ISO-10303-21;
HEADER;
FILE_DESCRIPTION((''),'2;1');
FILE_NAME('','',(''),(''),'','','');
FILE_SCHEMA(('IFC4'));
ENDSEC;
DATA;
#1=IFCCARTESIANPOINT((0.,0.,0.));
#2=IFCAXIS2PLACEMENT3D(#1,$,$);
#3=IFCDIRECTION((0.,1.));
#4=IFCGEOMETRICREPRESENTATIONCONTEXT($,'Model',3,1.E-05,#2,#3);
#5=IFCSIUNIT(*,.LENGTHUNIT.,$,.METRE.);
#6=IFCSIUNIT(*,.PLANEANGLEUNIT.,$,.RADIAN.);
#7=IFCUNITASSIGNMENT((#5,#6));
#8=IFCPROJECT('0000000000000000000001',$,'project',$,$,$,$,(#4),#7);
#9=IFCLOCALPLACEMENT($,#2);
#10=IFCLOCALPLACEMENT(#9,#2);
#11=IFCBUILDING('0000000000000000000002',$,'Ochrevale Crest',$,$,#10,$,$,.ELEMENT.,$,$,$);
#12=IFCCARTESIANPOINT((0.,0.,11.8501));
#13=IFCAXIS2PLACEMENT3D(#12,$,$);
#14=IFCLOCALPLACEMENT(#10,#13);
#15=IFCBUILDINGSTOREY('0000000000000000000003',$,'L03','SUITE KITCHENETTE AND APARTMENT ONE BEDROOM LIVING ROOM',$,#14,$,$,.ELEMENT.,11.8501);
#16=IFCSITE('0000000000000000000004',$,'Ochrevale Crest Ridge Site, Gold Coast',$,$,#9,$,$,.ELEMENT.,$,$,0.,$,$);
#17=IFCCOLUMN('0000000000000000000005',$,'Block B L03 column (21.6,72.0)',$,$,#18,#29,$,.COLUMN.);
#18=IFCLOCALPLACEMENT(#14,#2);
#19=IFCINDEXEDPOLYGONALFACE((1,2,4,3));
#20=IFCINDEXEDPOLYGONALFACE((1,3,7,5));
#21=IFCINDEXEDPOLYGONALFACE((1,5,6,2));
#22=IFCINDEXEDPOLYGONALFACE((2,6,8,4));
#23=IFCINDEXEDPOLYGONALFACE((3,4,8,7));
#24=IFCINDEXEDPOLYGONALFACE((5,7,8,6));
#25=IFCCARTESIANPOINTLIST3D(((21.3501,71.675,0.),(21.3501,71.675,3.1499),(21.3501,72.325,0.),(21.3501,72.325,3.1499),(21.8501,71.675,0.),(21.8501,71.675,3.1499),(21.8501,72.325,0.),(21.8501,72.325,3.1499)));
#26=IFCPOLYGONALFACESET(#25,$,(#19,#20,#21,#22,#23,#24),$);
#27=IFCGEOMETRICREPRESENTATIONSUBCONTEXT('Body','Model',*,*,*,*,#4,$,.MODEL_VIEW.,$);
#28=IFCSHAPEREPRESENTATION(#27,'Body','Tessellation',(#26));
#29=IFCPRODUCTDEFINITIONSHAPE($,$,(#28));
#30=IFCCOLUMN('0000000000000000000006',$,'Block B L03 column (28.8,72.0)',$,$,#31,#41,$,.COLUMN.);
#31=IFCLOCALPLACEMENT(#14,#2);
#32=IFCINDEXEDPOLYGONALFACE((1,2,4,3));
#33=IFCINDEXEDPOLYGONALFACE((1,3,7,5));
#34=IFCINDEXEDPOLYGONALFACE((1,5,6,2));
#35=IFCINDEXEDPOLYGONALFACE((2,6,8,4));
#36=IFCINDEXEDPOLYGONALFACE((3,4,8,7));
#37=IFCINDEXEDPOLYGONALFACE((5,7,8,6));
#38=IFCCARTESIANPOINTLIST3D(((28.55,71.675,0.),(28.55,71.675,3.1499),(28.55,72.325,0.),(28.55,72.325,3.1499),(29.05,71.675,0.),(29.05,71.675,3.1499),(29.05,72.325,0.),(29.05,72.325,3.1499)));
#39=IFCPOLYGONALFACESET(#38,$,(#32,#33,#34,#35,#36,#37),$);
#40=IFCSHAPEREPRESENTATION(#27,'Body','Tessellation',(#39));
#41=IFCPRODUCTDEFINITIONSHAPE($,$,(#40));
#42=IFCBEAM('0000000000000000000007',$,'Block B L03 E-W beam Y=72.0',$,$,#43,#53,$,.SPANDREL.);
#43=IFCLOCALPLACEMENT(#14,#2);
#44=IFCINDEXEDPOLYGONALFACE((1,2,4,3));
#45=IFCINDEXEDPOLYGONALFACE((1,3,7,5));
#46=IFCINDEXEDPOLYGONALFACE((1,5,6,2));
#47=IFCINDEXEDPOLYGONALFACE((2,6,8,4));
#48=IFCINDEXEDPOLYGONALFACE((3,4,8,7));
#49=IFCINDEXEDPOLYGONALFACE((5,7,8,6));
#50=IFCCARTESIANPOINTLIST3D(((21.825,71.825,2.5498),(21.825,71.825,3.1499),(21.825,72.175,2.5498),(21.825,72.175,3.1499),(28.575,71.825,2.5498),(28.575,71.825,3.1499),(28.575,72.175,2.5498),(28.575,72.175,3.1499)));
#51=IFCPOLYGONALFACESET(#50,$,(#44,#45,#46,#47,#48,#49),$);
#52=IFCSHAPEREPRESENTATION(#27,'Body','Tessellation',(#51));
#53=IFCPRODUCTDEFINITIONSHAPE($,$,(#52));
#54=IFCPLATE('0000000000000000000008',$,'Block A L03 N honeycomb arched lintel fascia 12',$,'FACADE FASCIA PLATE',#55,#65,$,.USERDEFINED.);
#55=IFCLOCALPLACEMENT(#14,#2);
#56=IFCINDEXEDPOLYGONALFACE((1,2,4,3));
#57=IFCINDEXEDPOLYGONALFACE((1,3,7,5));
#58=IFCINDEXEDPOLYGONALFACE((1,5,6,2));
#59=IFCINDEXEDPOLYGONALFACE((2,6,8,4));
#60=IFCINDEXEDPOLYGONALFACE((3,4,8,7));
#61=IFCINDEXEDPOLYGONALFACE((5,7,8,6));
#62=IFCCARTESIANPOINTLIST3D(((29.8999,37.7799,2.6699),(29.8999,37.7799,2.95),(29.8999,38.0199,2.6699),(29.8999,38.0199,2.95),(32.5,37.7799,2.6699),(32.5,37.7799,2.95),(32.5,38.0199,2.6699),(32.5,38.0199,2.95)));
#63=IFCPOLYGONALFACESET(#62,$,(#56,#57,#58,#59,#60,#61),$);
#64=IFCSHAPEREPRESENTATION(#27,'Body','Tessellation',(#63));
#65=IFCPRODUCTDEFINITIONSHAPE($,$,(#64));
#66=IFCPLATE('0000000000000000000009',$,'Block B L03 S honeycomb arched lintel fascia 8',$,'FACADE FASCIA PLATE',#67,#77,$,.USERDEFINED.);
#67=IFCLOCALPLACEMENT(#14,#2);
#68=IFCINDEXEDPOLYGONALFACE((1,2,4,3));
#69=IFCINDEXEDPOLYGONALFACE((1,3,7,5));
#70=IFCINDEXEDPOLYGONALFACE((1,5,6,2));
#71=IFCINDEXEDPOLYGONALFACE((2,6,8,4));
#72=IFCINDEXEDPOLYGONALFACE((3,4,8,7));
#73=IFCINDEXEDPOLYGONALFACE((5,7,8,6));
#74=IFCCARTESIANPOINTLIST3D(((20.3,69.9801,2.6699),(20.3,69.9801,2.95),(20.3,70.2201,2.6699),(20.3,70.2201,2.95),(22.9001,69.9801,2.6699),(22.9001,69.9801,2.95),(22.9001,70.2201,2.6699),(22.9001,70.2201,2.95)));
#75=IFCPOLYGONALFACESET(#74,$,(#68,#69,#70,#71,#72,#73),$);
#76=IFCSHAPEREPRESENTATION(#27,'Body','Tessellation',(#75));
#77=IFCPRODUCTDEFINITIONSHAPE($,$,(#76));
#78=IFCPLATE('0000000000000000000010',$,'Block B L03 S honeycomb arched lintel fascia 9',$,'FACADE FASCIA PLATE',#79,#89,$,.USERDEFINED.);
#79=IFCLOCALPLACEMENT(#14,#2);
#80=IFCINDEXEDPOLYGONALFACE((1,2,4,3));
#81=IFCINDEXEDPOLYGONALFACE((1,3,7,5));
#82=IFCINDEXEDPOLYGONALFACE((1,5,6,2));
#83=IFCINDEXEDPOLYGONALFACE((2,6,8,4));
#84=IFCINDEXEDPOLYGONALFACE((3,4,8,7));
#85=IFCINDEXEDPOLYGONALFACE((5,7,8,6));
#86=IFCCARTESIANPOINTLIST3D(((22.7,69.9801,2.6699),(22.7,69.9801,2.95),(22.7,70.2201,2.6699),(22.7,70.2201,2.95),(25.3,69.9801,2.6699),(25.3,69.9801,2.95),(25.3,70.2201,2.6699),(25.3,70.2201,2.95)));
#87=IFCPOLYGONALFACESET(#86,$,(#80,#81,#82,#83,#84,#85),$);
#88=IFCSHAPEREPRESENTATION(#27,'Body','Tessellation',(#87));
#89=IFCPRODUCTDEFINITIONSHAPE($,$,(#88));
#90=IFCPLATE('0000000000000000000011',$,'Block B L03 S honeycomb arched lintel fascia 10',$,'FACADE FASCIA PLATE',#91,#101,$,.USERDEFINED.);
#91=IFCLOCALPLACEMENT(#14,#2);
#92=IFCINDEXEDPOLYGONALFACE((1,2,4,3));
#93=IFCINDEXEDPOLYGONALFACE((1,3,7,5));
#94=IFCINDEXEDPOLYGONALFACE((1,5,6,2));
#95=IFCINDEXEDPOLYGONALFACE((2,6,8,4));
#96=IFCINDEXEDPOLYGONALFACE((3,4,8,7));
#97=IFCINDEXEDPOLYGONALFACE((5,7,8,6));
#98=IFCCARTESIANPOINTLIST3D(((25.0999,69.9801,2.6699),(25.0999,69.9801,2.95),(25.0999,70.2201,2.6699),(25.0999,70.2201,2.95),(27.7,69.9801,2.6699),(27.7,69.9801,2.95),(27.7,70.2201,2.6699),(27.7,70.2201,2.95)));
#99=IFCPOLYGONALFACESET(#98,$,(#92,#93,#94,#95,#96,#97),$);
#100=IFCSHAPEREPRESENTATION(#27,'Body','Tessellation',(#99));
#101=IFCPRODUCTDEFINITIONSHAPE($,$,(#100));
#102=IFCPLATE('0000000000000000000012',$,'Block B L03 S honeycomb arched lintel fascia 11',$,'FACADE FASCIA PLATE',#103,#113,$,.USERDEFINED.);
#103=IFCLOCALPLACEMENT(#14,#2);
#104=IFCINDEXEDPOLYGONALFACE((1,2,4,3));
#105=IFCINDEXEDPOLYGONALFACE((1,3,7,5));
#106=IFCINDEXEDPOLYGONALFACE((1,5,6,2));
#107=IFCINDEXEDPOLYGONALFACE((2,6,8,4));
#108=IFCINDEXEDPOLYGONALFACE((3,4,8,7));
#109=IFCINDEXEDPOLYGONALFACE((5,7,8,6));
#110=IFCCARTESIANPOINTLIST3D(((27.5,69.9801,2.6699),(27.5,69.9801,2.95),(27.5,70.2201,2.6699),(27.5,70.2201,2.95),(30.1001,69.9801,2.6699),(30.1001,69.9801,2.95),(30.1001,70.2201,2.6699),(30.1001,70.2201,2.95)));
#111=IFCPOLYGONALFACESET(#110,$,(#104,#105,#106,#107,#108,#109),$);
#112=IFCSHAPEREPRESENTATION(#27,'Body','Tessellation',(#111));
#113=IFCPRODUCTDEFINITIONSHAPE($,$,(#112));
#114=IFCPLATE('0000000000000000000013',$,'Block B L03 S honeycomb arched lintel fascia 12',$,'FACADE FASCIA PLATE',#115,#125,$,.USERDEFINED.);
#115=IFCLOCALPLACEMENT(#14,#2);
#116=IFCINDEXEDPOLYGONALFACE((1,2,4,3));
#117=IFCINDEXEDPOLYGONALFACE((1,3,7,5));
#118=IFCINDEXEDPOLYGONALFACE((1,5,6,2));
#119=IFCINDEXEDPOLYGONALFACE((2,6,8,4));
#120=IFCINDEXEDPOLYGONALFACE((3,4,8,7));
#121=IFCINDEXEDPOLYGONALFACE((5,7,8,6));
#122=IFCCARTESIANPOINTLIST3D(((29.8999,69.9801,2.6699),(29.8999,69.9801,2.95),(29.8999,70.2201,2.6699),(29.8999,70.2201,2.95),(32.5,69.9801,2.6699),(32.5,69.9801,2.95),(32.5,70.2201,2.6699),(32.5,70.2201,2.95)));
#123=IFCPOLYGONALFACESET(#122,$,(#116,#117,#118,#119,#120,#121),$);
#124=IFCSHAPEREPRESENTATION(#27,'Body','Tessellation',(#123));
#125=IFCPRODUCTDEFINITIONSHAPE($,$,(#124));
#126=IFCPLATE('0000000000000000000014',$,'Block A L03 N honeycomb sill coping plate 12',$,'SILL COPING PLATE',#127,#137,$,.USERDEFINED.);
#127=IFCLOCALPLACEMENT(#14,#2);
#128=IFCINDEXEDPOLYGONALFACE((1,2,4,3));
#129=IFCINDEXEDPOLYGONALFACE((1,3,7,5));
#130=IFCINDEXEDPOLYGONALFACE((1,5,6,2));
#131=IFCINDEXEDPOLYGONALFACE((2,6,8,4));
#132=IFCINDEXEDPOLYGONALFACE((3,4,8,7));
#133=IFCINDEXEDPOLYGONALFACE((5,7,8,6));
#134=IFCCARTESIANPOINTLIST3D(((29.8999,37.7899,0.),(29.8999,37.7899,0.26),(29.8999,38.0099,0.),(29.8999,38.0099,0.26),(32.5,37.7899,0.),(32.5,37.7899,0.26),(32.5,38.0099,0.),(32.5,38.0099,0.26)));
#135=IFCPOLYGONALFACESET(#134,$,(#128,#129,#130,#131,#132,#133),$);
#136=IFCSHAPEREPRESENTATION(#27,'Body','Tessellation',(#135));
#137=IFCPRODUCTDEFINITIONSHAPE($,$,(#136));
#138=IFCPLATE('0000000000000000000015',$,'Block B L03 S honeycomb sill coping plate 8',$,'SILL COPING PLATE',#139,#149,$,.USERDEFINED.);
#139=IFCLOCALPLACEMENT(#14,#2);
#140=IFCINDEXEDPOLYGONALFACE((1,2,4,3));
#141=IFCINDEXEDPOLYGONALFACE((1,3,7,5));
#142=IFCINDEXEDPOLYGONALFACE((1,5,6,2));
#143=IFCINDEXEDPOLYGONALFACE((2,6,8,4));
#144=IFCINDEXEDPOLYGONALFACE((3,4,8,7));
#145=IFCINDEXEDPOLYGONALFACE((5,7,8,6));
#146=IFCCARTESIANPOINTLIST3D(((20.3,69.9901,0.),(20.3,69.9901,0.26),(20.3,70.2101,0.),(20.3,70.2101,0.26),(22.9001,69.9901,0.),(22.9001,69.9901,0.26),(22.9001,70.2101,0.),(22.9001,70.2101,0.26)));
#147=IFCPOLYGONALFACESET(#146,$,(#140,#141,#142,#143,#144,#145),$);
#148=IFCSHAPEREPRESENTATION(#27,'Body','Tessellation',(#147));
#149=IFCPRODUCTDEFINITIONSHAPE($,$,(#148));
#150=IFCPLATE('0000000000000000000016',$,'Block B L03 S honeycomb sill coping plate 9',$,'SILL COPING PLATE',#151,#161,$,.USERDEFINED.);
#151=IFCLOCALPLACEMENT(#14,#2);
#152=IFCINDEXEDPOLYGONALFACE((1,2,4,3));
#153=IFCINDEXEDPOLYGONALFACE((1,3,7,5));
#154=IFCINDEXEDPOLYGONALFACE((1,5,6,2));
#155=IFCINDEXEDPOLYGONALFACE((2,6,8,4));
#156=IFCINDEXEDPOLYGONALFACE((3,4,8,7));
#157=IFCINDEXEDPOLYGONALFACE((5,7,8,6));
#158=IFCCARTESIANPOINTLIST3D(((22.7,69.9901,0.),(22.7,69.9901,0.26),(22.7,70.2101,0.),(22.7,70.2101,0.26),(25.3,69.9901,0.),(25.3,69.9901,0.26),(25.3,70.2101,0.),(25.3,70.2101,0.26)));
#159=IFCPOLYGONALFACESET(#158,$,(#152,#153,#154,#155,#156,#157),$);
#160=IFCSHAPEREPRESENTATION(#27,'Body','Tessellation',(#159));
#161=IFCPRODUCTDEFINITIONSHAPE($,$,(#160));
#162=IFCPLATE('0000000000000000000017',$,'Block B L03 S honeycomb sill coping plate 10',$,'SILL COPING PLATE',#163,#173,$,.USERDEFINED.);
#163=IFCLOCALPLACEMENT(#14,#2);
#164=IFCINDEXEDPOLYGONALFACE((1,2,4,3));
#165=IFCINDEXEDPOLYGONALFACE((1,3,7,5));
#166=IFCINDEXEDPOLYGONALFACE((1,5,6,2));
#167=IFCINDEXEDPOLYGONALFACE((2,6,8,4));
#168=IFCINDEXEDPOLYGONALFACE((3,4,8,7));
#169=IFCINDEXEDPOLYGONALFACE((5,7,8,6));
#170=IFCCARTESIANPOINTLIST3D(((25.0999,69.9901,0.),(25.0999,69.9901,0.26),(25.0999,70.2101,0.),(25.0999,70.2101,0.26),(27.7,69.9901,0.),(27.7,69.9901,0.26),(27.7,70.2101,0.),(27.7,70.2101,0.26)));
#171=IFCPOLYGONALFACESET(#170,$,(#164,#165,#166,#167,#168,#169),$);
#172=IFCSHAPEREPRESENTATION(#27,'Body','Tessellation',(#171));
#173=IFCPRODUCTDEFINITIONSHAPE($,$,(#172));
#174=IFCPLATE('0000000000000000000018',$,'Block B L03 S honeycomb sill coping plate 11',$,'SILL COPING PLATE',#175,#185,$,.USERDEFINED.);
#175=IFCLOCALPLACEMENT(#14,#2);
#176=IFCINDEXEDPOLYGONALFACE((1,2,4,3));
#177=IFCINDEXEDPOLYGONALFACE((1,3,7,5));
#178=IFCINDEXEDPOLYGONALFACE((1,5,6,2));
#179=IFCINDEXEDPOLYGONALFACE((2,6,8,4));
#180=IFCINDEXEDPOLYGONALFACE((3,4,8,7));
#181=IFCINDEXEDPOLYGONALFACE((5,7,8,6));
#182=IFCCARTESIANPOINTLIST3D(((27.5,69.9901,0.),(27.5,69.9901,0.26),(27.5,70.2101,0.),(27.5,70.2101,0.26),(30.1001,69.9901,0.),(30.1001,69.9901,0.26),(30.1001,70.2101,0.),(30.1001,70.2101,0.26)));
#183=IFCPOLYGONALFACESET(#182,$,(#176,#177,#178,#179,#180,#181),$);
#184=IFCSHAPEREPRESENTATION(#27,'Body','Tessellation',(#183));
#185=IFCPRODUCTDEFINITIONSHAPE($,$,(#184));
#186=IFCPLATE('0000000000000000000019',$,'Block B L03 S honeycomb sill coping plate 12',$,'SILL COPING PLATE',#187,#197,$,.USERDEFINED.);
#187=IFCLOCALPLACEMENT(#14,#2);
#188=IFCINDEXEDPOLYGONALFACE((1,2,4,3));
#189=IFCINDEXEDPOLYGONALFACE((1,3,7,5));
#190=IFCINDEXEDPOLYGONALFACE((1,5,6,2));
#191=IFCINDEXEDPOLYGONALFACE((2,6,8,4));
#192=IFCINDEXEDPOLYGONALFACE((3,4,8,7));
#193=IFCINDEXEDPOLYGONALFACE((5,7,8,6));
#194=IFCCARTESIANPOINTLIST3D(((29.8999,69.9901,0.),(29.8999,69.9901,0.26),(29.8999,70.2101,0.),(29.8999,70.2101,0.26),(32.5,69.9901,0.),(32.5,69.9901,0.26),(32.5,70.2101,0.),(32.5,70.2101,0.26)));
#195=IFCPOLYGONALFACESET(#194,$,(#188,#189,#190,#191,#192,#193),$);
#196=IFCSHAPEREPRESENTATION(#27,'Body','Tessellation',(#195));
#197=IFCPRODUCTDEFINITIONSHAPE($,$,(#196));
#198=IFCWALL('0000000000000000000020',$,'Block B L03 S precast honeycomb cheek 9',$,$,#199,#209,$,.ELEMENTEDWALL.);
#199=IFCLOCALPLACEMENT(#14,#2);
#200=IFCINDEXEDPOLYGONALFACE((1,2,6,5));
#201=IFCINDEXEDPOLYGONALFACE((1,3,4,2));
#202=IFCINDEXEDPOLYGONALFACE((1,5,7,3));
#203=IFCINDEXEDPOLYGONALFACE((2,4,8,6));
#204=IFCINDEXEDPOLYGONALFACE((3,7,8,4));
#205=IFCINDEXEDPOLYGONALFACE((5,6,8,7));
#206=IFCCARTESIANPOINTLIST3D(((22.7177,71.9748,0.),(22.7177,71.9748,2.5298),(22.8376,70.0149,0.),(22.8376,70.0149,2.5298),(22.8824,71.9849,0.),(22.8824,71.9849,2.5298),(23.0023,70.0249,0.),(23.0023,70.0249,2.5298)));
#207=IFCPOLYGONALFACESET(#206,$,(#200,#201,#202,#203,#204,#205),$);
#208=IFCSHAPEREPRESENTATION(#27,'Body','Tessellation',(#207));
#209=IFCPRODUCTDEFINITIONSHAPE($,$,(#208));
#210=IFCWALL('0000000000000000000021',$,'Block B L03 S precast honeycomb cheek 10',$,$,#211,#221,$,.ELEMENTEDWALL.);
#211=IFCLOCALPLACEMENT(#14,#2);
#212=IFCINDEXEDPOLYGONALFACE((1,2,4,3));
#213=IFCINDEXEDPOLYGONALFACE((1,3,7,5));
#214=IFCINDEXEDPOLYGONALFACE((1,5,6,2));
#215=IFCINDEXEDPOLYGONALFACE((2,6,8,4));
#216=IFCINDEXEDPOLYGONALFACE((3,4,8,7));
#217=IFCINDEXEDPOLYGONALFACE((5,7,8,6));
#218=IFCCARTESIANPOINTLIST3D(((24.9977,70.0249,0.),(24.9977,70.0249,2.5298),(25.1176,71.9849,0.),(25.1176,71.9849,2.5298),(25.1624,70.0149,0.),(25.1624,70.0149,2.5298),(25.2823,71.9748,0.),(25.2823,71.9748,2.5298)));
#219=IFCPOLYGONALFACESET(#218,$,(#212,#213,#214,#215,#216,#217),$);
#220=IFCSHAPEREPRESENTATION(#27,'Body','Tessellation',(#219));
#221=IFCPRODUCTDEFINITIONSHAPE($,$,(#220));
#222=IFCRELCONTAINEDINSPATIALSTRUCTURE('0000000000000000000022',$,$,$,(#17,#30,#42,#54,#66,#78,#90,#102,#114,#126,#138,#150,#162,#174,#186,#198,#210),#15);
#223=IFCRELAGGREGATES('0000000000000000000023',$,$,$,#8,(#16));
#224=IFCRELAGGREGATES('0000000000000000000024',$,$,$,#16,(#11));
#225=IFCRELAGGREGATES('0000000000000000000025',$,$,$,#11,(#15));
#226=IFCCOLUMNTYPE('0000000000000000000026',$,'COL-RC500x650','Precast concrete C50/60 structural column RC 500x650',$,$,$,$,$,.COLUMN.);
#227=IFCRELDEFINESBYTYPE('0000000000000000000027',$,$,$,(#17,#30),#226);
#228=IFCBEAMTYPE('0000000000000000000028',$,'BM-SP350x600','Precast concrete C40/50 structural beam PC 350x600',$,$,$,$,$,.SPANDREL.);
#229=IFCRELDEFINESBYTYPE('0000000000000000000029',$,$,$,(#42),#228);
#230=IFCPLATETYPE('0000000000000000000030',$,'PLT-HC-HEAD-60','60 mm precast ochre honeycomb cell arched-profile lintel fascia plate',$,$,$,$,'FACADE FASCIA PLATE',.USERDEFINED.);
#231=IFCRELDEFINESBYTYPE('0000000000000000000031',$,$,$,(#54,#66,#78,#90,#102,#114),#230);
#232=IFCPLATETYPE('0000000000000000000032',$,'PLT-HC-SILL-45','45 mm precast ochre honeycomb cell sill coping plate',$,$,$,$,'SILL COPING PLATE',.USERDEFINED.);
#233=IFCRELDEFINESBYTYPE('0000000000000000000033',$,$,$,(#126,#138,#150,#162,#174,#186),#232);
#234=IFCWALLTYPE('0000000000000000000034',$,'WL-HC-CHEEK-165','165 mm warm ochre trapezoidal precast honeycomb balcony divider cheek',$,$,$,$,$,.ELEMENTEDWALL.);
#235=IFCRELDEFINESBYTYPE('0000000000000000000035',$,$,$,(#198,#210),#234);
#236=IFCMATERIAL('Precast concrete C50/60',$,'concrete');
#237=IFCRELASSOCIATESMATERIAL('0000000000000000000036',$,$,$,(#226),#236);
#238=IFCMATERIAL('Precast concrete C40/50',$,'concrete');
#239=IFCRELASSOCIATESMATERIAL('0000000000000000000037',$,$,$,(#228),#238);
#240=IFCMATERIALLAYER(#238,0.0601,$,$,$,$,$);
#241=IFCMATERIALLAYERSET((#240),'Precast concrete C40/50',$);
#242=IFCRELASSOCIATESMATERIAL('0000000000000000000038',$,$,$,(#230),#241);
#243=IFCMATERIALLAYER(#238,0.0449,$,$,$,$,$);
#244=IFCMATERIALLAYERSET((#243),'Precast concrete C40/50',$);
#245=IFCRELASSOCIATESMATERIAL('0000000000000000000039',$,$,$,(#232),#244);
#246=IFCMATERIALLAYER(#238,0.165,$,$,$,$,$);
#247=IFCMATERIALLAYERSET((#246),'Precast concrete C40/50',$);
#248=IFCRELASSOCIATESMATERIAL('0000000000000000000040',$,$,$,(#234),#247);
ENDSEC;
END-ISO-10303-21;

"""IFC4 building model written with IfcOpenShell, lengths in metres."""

from ifc_helpers import new_model, si_unit, direction, frame, frame_2d, origin, origin_2d, place, context, subcontext, project, spatial, rectangle, extrude, material, layer, layer_set, material_profile, profile_set, type_object, element, save


model = new_model("IFC4")

# Units and contexts
model_context = context("Model", 3, precision=1e-05, world=origin(), true_north=direction((0.0, 1.0)))
body_context = subcontext(model_context, "Body", "Model", "MODEL_VIEW")
ifc_project = project(units=[si_unit("LENGTHUNIT", "METRE"), si_unit("PLANEANGLEUNIT", "RADIAN")], contexts=[model_context])

# Site, building, storey
site_placement = place(None, origin())
site = spatial("IfcSite", under=ifc_project, at=site_placement, Name="Ochrevale Crest Ridge Site, Gold Coast", CompositionType="ELEMENT", RefElevation=0.0)
building_placement = place(site_placement, origin())
building = spatial("IfcBuilding", under=site, at=building_placement, Name="Ochrevale Crest", CompositionType="ELEMENT")
storey_placement = place(building_placement, frame((0.0, 0.0, 11.8501)))
storey = spatial("IfcBuildingStorey", under=building, at=storey_placement, Name="L03", Description="SUITE KITCHENETTE AND APARTMENT ONE BEDROOM LIVING ROOM", CompositionType="ELEMENT", Elevation=11.8501)

# Columns
ifc_material_1 = material(Name="Precast concrete C50/60", Category="concrete")
ifc_material_profile_1 = material_profile(ifc_material_1, rectangle(XDim=0.5, YDim=0.6499, at=origin_2d()), Name="RC 500x650")
ifc_profile_set_1 = profile_set([ifc_material_profile_1], Name="Precast concrete C50/60")
column_type = type_object("IfcColumnType", Name="COL-RC500x650", Description="Precast concrete C50/60 structural column RC 500x650", PredefinedType="COLUMN", material=ifc_profile_set_1)
for number, where, z_axis, x_axis, name in (
    (1, (21.6001, 72.0, 0.0), (0.0, 0.0, 1.0), (1.0, 0.0, 0.0), "Block B L03 column (21.6,72.0)"),
    (2, (28.8, 72.0, 0.0), (0.0, 0.0, 1.0), (1.0, 0.0, 0.0), "Block B L03 column (28.8,72.0)"),
):
    element("IfcColumn", number, at=place(storey_placement, frame(where, z_axis=z_axis, x_axis=x_axis)), inside=storey, type_object=column_type, Name=name, PredefinedType="COLUMN", context=body_context, shape_type="SweptSolid", body=[
        extrude(rectangle(XDim=0.5, YDim=0.6499, at=origin_2d()), origin(), (0.0, 0.0, 1.0), 3.1499),
    ])

# Beam
ifc_material_2 = material(Name="Precast concrete C40/50", Category="concrete")
ifc_material_profile_2 = material_profile(ifc_material_2, rectangle(XDim=0.3501, YDim=0.6001, at=origin_2d()), Name="PC 350x600")
ifc_profile_set_2 = profile_set([ifc_material_profile_2], Name="Precast concrete C40/50")
beam_type = type_object("IfcBeamType", Name="BM-SP350x600", Description="Precast concrete C40/50 structural beam PC 350x600", PredefinedType="SPANDREL", material=ifc_profile_set_2)
beam_placement = place(storey_placement, frame((21.825, 72.0, 2.8499), z_axis=(1.0, 0.0, 0.0), x_axis=(0.0, 1.0, 0.0)))
element("IfcBeam", 3, at=beam_placement, inside=storey, type_object=beam_type, Name="Block B L03 E-W beam Y=72.0", PredefinedType="SPANDREL", context=body_context, shape_type="SweptSolid", body=[
    extrude(rectangle(XDim=0.3501, YDim=0.6001, at=origin_2d()), origin(), (0.0, 0.0, 1.0), 6.75),
])

# Plates
ifc_layer_1 = layer(ifc_material_2, 0.0601)
ifc_layer_set_1 = layer_set([ifc_layer_1], Name="Precast concrete C40/50")
plate_type_1 = type_object("IfcPlateType", Name="PLT-HC-HEAD-60", Description="60 mm precast ochre honeycomb cell arched-profile lintel fascia plate", ElementType="FACADE FASCIA PLATE", PredefinedType="USERDEFINED", material=ifc_layer_set_1)
for number, where, z_axis, x_axis, name in (
    (4, (31.2, 37.8999, 2.6699), (0.0, 0.0, 1.0), (1.0, 0.0, 0.0), "Block A L03 N honeycomb arched lintel fascia 12"),
    (5, (21.6001, 70.1001, 2.6699), (0.0, 0.0, 1.0), (1.0, 0.0, 0.0), "Block B L03 S honeycomb arched lintel fascia 8"),
    (6, (24.0, 70.1001, 2.6699), (0.0, 0.0, 1.0), (1.0, 0.0, 0.0), "Block B L03 S honeycomb arched lintel fascia 9"),
    (7, (26.3999, 70.1001, 2.6699), (0.0, 0.0, 1.0), (1.0, 0.0, 0.0), "Block B L03 S honeycomb arched lintel fascia 10"),
    (8, (28.8, 70.1001, 2.6699), (0.0, 0.0, 1.0), (1.0, 0.0, 0.0), "Block B L03 S honeycomb arched lintel fascia 11"),
    (9, (31.2, 70.1001, 2.6699), (0.0, 0.0, 1.0), (1.0, 0.0, 0.0), "Block B L03 S honeycomb arched lintel fascia 12"),
):
    element("IfcPlate", number, at=place(storey_placement, frame(where, z_axis=z_axis, x_axis=x_axis)), inside=storey, type_object=plate_type_1, Name=name, ObjectType="FACADE FASCIA PLATE", PredefinedType="USERDEFINED", context=body_context, shape_type="SweptSolid", body=[
        extrude(rectangle(XDim=2.6001, YDim=0.24, at=origin_2d()), origin(), (0.0, 0.0, 1.0), 0.28),
    ])
ifc_layer_2 = layer(ifc_material_2, 0.0449)
ifc_layer_set_2 = layer_set([ifc_layer_2], Name="Precast concrete C40/50")
plate_type_2 = type_object("IfcPlateType", Name="PLT-HC-SILL-45", Description="45 mm precast ochre honeycomb cell sill coping plate", ElementType="SILL COPING PLATE", PredefinedType="USERDEFINED", material=ifc_layer_set_2)
for number, where, z_axis, x_axis, name in (
    (10, (31.2, 37.8999, 0.0), (0.0, 0.0, 1.0), (1.0, 0.0, 0.0), "Block A L03 N honeycomb sill coping plate 12"),
    (11, (21.6001, 70.1001, 0.0), (0.0, 0.0, 1.0), (1.0, 0.0, 0.0), "Block B L03 S honeycomb sill coping plate 8"),
    (12, (24.0, 70.1001, 0.0), (0.0, 0.0, 1.0), (1.0, 0.0, 0.0), "Block B L03 S honeycomb sill coping plate 9"),
    (13, (26.3999, 70.1001, 0.0), (0.0, 0.0, 1.0), (1.0, 0.0, 0.0), "Block B L03 S honeycomb sill coping plate 10"),
    (14, (28.8, 70.1001, 0.0), (0.0, 0.0, 1.0), (1.0, 0.0, 0.0), "Block B L03 S honeycomb sill coping plate 11"),
    (15, (31.2, 70.1001, 0.0), (0.0, 0.0, 1.0), (1.0, 0.0, 0.0), "Block B L03 S honeycomb sill coping plate 12"),
):
    element("IfcPlate", number, at=place(storey_placement, frame(where, z_axis=z_axis, x_axis=x_axis)), inside=storey, type_object=plate_type_2, Name=name, ObjectType="SILL COPING PLATE", PredefinedType="USERDEFINED", context=body_context, shape_type="SweptSolid", body=[
        extrude(rectangle(XDim=2.6001, YDim=0.22, at=origin_2d()), origin(), (0.0, 0.0, 1.0), 0.26),
    ])

# Walls
ifc_layer_3 = layer(ifc_material_2, 0.165)
ifc_layer_set_3 = layer_set([ifc_layer_3], Name="Precast concrete C40/50")
wall_type = type_object("IfcWallType", Name="WL-HC-CHEEK-165", Description="165 mm warm ochre trapezoidal precast honeycomb balcony divider cheek", PredefinedType="ELEMENTEDWALL", material=ifc_layer_set_3)
for number, where, z_axis, x_axis, name in (
    (16, (22.8, 71.98, 0.0), (0.0, 0.0, 1.0), (0.061047, -0.998135, 0.0), "Block B L03 S precast honeycomb cheek 9"),
    (17, (25.2, 71.98, 0.0), (0.0, 0.0, 1.0), (-0.061047, -0.998135, 0.0), "Block B L03 S precast honeycomb cheek 10"),
):
    element("IfcWall", number, at=place(storey_placement, frame(where, z_axis=z_axis, x_axis=x_axis)), inside=storey, type_object=wall_type, Name=name, PredefinedType="ELEMENTEDWALL", context=body_context, shape_type="SweptSolid", body=[
        extrude(rectangle(XDim=1.9636, YDim=0.165, at=frame_2d((0.9819, 0.0))), origin(), (0.0, 0.0, 1.0), 2.5298),
    ])

save(model, "model.ifc")
